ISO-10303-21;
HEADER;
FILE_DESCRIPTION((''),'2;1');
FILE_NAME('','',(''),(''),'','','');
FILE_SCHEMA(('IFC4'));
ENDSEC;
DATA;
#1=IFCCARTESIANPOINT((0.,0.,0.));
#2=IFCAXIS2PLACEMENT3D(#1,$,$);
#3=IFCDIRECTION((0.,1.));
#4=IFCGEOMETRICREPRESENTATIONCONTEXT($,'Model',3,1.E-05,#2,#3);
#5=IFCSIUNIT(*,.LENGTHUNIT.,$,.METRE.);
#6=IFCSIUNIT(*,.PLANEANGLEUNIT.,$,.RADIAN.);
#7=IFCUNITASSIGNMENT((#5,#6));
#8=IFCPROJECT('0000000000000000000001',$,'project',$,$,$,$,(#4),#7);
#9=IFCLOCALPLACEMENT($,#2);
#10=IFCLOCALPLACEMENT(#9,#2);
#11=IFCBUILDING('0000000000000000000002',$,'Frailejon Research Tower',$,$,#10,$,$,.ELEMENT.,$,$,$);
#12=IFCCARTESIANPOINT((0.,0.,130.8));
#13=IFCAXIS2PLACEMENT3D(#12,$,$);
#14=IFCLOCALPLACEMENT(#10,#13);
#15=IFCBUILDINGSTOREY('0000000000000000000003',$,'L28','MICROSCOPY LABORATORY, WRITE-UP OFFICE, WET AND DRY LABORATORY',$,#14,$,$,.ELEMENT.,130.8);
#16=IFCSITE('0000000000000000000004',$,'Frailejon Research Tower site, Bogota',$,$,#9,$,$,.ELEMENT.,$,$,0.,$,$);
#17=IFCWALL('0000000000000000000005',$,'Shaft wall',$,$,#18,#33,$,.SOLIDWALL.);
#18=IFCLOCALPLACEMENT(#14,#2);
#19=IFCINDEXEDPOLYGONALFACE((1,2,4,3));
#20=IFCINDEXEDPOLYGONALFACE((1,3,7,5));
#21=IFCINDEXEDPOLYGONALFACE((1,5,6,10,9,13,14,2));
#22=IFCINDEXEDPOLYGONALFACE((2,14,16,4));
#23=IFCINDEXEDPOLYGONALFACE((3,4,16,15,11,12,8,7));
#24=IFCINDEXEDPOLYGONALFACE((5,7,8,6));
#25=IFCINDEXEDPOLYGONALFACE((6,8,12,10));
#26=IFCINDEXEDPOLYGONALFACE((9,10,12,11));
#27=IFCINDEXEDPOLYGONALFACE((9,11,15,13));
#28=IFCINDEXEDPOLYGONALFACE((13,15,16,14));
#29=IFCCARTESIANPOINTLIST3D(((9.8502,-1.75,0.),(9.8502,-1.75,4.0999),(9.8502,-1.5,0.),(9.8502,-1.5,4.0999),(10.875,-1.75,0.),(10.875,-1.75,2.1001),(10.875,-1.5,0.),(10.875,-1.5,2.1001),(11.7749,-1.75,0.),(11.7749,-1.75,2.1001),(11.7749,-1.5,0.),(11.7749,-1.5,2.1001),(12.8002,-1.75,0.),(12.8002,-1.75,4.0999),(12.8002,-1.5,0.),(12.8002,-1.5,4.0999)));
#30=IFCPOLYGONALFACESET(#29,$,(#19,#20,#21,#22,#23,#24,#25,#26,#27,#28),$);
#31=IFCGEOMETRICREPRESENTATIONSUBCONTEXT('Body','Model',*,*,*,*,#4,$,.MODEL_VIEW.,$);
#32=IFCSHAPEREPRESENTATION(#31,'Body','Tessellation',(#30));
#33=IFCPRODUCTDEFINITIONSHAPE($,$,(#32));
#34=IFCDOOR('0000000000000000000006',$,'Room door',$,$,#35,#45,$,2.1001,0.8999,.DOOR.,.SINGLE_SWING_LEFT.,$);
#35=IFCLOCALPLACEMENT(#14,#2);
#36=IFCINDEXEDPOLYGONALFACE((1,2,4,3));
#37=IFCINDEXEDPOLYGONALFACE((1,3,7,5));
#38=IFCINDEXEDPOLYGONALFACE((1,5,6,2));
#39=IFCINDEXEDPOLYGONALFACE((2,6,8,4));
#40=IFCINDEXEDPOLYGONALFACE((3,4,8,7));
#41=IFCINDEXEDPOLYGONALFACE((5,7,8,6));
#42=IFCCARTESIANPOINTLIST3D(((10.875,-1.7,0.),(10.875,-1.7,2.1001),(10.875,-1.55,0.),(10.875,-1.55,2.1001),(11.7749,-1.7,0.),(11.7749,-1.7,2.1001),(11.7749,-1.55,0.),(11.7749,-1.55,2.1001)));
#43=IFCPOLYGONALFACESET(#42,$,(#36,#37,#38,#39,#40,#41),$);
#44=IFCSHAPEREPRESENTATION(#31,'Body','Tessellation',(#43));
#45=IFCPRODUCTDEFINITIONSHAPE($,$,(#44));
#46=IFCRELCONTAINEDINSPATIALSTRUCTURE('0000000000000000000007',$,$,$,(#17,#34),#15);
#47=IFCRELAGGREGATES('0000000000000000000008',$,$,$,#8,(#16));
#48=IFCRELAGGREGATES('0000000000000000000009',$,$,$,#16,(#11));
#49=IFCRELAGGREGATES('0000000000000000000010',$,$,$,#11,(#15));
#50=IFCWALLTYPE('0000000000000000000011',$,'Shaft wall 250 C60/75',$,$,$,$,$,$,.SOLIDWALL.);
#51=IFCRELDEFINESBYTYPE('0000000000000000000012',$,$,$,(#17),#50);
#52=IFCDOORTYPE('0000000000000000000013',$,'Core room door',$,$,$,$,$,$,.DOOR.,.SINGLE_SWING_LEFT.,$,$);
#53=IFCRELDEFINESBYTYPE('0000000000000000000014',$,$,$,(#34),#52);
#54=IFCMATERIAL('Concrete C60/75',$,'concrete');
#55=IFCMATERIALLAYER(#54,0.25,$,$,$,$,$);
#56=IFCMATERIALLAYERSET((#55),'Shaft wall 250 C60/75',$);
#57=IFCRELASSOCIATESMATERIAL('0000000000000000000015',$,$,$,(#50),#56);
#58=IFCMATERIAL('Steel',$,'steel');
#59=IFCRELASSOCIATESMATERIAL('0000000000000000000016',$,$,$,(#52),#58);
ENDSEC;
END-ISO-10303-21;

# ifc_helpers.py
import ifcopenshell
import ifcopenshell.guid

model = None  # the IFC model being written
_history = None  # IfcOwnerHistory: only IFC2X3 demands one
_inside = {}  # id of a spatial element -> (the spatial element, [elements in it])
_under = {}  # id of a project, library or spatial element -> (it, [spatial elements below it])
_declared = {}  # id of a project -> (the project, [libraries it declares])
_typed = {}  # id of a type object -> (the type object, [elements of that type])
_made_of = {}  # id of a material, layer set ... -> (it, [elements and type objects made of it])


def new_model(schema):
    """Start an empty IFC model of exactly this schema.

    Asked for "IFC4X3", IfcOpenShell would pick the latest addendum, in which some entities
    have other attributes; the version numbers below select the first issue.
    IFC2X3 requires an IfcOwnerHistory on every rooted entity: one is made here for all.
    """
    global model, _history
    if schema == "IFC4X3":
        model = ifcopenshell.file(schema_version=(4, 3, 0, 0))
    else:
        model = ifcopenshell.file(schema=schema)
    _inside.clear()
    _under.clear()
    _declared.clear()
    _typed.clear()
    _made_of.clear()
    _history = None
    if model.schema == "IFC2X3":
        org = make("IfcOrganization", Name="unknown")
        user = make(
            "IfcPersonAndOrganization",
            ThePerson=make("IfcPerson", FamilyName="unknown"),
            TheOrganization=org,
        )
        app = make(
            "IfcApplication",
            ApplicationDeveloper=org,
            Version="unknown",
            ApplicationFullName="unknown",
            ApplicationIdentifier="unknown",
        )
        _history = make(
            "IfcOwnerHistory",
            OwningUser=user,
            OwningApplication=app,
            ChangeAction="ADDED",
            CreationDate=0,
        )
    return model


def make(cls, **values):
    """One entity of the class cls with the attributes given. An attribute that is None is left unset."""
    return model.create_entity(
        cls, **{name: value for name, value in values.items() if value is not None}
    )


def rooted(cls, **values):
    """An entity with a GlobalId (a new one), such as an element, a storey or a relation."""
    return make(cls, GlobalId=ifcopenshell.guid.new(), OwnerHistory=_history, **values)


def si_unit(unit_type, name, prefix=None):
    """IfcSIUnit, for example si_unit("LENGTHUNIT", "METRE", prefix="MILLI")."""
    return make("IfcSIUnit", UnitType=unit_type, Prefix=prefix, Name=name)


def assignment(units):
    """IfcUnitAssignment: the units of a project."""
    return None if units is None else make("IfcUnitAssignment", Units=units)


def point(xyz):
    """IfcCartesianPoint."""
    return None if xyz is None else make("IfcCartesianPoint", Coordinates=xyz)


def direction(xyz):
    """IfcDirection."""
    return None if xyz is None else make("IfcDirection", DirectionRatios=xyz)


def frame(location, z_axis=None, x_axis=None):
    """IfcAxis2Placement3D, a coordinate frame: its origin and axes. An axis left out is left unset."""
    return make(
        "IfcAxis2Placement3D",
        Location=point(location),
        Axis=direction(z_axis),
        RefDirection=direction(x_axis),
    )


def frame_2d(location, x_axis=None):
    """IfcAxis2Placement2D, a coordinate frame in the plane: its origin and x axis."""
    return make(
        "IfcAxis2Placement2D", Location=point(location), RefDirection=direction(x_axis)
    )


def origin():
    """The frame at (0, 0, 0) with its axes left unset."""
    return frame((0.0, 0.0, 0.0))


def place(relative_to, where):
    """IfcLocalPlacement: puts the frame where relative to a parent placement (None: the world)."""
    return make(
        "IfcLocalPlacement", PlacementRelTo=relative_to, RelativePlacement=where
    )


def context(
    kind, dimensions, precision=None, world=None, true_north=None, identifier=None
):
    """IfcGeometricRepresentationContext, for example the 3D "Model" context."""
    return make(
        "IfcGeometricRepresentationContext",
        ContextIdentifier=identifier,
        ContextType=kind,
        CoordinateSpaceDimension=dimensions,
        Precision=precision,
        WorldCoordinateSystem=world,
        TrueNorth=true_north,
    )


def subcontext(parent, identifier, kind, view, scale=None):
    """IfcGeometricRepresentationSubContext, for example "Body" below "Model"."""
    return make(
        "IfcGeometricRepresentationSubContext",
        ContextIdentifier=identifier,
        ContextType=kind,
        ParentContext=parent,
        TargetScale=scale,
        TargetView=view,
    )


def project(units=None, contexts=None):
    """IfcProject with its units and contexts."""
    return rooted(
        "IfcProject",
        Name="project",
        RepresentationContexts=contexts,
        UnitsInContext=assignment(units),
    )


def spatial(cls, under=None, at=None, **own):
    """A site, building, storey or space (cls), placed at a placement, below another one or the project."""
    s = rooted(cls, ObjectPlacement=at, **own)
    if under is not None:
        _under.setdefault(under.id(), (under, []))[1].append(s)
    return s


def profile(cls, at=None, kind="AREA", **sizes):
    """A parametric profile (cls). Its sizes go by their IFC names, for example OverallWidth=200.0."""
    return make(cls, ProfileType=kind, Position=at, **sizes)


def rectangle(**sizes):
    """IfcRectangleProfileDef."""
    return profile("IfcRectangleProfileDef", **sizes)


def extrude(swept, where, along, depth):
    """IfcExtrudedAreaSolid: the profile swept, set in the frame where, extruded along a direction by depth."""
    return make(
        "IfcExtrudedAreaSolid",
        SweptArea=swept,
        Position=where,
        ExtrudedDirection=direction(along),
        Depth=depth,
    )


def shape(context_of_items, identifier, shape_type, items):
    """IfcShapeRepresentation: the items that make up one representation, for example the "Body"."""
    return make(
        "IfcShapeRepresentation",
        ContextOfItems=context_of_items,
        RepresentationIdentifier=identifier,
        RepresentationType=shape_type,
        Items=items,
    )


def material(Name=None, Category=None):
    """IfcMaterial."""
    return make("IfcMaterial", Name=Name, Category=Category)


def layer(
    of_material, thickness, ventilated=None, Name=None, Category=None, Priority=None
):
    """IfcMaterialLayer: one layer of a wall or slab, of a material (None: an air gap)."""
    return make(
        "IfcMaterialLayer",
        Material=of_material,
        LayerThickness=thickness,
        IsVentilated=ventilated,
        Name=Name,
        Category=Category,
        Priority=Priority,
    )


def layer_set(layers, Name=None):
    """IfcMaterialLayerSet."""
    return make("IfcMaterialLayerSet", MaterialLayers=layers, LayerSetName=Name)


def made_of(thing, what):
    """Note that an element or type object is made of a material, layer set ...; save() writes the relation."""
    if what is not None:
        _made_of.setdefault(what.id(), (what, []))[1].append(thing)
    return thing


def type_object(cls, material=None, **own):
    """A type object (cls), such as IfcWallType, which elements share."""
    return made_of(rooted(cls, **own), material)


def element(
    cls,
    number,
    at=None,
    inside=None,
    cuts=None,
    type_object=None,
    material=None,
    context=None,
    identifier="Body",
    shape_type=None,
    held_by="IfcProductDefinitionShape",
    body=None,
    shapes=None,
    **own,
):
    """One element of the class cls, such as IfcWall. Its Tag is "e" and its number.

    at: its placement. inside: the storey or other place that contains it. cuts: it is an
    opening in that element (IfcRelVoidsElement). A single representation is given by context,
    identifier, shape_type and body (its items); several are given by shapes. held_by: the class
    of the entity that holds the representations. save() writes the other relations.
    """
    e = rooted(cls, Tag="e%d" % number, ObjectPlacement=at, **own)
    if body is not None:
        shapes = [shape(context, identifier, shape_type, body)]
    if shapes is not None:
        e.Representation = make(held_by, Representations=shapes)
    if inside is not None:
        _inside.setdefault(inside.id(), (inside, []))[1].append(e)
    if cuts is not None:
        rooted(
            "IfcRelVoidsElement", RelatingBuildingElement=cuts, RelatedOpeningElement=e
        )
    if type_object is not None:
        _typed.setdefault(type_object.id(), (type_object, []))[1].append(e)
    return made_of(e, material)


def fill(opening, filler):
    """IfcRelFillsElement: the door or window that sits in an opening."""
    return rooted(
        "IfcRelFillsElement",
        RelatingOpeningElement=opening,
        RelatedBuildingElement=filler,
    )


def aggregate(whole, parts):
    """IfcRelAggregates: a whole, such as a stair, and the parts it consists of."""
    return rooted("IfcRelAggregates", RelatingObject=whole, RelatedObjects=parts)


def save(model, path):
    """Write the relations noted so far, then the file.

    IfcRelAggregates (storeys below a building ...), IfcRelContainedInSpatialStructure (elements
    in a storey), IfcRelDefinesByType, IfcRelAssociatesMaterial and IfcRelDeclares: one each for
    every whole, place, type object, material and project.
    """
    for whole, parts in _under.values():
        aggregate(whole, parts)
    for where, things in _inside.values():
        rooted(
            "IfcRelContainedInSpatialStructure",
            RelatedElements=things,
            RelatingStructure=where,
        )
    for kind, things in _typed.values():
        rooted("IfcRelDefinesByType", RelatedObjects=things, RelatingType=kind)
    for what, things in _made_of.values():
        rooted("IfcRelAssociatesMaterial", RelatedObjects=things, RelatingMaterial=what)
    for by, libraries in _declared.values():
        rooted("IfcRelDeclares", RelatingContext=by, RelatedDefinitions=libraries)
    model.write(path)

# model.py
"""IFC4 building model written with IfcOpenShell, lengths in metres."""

from ifc_helpers import new_model, si_unit, direction, frame, frame_2d, origin, place, context, subcontext, project, spatial, rectangle, extrude, material, layer, layer_set, type_object, element, fill, save


model = new_model("IFC4")

# Units and contexts
model_context = context("Model", 3, precision=1e-05, world=origin(), true_north=direction((0.0, 1.0)))
body_context = subcontext(model_context, "Body", "Model", "MODEL_VIEW")
ifc_project = project(units=[si_unit("LENGTHUNIT", "METRE"), si_unit("PLANEANGLEUNIT", "RADIAN")], contexts=[model_context])

# Site, building, storey
site_placement = place(None, origin())
site = spatial("IfcSite", under=ifc_project, at=site_placement, Name="Frailejon Research Tower site, Bogota", CompositionType="ELEMENT", RefElevation=0.0)
building_placement = place(site_placement, origin())
building = spatial("IfcBuilding", under=site, at=building_placement, Name="Frailejon Research Tower", CompositionType="ELEMENT")
storey_placement = place(building_placement, frame((0.0, 0.0, 130.8)))
storey = spatial("IfcBuildingStorey", under=building, at=storey_placement, Name="L28", Description="MICROSCOPY LABORATORY, WRITE-UP OFFICE, WET AND DRY LABORATORY", CompositionType="ELEMENT", Elevation=130.8)

# Wall, opening, door
ifc_material_1 = material(Name="Concrete C60/75", Category="concrete")
ifc_layer_1 = layer(ifc_material_1, 0.25)
ifc_layer_set_1 = layer_set([ifc_layer_1], Name="Shaft wall 250 C60/75")
wall_type_1 = type_object("IfcWallType", Name="Shaft wall 250 C60/75", PredefinedType="SOLIDWALL", material=ifc_layer_set_1)
wall_1_placement = place(storey_placement, frame((9.8501, -1.625, 0.0), z_axis=(0.0, 0.0, 1.0), x_axis=(1.0, 0.0, 0.0)))
wall_1 = element("IfcWall", 1, at=wall_1_placement, inside=storey, type_object=wall_type_1, Name="Shaft wall", PredefinedType="SOLIDWALL", context=body_context, shape_type="SweptSolid", body=[
    extrude(rectangle(XDim=2.95, YDim=0.25, at=frame_2d((1.4751, 0.0))), origin(), (0.0, 0.0, 1.0), 4.0999),
])
opening_1_placement = place(wall_1_placement, frame((1.0249, 0.0, 0.0)))
opening_1 = element("IfcOpeningElement", 2, at=opening_1_placement, cuts=wall_1, PredefinedType="OPENING", context=body_context, shape_type="SweptSolid", body=[
    extrude(rectangle(XDim=0.8999, YDim=2.1001, at=frame_2d((0.45, 1.05))), frame((0.0, 0.135, 0.0), z_axis=(0.0, -1.0, 0.0), x_axis=(1.0, 0.0, 0.0)), (0.0, 0.0, 1.0), 0.27),
])
ifc_material_2 = material(Name="Steel", Category="steel")
door_type_1 = type_object("IfcDoorType", Name="Core room door", OperationType="SINGLE_SWING_LEFT", PredefinedType="DOOR", material=ifc_material_2)
door_1_placement = place(opening_1_placement, origin())
door_1 = element("IfcDoor", 3, at=door_1_placement, inside=storey, type_object=door_type_1, Name="Room door", OperationType="SINGLE_SWING_LEFT", OverallHeight=2.1001, OverallWidth=0.8999, PredefinedType="DOOR", context=body_context, shape_type="SweptSolid", body=[
    extrude(rectangle(XDim=0.8999, YDim=2.1001, at=frame_2d((0.45, 1.05))), frame((0.0, 0.075, 0.0), z_axis=(0.0, -1.0, 0.0), x_axis=(1.0, 0.0, 0.0)), (0.0, 0.0, 1.0), 0.1499),
])
fill(opening_1, door_1)

save(model, "model.ifc")
